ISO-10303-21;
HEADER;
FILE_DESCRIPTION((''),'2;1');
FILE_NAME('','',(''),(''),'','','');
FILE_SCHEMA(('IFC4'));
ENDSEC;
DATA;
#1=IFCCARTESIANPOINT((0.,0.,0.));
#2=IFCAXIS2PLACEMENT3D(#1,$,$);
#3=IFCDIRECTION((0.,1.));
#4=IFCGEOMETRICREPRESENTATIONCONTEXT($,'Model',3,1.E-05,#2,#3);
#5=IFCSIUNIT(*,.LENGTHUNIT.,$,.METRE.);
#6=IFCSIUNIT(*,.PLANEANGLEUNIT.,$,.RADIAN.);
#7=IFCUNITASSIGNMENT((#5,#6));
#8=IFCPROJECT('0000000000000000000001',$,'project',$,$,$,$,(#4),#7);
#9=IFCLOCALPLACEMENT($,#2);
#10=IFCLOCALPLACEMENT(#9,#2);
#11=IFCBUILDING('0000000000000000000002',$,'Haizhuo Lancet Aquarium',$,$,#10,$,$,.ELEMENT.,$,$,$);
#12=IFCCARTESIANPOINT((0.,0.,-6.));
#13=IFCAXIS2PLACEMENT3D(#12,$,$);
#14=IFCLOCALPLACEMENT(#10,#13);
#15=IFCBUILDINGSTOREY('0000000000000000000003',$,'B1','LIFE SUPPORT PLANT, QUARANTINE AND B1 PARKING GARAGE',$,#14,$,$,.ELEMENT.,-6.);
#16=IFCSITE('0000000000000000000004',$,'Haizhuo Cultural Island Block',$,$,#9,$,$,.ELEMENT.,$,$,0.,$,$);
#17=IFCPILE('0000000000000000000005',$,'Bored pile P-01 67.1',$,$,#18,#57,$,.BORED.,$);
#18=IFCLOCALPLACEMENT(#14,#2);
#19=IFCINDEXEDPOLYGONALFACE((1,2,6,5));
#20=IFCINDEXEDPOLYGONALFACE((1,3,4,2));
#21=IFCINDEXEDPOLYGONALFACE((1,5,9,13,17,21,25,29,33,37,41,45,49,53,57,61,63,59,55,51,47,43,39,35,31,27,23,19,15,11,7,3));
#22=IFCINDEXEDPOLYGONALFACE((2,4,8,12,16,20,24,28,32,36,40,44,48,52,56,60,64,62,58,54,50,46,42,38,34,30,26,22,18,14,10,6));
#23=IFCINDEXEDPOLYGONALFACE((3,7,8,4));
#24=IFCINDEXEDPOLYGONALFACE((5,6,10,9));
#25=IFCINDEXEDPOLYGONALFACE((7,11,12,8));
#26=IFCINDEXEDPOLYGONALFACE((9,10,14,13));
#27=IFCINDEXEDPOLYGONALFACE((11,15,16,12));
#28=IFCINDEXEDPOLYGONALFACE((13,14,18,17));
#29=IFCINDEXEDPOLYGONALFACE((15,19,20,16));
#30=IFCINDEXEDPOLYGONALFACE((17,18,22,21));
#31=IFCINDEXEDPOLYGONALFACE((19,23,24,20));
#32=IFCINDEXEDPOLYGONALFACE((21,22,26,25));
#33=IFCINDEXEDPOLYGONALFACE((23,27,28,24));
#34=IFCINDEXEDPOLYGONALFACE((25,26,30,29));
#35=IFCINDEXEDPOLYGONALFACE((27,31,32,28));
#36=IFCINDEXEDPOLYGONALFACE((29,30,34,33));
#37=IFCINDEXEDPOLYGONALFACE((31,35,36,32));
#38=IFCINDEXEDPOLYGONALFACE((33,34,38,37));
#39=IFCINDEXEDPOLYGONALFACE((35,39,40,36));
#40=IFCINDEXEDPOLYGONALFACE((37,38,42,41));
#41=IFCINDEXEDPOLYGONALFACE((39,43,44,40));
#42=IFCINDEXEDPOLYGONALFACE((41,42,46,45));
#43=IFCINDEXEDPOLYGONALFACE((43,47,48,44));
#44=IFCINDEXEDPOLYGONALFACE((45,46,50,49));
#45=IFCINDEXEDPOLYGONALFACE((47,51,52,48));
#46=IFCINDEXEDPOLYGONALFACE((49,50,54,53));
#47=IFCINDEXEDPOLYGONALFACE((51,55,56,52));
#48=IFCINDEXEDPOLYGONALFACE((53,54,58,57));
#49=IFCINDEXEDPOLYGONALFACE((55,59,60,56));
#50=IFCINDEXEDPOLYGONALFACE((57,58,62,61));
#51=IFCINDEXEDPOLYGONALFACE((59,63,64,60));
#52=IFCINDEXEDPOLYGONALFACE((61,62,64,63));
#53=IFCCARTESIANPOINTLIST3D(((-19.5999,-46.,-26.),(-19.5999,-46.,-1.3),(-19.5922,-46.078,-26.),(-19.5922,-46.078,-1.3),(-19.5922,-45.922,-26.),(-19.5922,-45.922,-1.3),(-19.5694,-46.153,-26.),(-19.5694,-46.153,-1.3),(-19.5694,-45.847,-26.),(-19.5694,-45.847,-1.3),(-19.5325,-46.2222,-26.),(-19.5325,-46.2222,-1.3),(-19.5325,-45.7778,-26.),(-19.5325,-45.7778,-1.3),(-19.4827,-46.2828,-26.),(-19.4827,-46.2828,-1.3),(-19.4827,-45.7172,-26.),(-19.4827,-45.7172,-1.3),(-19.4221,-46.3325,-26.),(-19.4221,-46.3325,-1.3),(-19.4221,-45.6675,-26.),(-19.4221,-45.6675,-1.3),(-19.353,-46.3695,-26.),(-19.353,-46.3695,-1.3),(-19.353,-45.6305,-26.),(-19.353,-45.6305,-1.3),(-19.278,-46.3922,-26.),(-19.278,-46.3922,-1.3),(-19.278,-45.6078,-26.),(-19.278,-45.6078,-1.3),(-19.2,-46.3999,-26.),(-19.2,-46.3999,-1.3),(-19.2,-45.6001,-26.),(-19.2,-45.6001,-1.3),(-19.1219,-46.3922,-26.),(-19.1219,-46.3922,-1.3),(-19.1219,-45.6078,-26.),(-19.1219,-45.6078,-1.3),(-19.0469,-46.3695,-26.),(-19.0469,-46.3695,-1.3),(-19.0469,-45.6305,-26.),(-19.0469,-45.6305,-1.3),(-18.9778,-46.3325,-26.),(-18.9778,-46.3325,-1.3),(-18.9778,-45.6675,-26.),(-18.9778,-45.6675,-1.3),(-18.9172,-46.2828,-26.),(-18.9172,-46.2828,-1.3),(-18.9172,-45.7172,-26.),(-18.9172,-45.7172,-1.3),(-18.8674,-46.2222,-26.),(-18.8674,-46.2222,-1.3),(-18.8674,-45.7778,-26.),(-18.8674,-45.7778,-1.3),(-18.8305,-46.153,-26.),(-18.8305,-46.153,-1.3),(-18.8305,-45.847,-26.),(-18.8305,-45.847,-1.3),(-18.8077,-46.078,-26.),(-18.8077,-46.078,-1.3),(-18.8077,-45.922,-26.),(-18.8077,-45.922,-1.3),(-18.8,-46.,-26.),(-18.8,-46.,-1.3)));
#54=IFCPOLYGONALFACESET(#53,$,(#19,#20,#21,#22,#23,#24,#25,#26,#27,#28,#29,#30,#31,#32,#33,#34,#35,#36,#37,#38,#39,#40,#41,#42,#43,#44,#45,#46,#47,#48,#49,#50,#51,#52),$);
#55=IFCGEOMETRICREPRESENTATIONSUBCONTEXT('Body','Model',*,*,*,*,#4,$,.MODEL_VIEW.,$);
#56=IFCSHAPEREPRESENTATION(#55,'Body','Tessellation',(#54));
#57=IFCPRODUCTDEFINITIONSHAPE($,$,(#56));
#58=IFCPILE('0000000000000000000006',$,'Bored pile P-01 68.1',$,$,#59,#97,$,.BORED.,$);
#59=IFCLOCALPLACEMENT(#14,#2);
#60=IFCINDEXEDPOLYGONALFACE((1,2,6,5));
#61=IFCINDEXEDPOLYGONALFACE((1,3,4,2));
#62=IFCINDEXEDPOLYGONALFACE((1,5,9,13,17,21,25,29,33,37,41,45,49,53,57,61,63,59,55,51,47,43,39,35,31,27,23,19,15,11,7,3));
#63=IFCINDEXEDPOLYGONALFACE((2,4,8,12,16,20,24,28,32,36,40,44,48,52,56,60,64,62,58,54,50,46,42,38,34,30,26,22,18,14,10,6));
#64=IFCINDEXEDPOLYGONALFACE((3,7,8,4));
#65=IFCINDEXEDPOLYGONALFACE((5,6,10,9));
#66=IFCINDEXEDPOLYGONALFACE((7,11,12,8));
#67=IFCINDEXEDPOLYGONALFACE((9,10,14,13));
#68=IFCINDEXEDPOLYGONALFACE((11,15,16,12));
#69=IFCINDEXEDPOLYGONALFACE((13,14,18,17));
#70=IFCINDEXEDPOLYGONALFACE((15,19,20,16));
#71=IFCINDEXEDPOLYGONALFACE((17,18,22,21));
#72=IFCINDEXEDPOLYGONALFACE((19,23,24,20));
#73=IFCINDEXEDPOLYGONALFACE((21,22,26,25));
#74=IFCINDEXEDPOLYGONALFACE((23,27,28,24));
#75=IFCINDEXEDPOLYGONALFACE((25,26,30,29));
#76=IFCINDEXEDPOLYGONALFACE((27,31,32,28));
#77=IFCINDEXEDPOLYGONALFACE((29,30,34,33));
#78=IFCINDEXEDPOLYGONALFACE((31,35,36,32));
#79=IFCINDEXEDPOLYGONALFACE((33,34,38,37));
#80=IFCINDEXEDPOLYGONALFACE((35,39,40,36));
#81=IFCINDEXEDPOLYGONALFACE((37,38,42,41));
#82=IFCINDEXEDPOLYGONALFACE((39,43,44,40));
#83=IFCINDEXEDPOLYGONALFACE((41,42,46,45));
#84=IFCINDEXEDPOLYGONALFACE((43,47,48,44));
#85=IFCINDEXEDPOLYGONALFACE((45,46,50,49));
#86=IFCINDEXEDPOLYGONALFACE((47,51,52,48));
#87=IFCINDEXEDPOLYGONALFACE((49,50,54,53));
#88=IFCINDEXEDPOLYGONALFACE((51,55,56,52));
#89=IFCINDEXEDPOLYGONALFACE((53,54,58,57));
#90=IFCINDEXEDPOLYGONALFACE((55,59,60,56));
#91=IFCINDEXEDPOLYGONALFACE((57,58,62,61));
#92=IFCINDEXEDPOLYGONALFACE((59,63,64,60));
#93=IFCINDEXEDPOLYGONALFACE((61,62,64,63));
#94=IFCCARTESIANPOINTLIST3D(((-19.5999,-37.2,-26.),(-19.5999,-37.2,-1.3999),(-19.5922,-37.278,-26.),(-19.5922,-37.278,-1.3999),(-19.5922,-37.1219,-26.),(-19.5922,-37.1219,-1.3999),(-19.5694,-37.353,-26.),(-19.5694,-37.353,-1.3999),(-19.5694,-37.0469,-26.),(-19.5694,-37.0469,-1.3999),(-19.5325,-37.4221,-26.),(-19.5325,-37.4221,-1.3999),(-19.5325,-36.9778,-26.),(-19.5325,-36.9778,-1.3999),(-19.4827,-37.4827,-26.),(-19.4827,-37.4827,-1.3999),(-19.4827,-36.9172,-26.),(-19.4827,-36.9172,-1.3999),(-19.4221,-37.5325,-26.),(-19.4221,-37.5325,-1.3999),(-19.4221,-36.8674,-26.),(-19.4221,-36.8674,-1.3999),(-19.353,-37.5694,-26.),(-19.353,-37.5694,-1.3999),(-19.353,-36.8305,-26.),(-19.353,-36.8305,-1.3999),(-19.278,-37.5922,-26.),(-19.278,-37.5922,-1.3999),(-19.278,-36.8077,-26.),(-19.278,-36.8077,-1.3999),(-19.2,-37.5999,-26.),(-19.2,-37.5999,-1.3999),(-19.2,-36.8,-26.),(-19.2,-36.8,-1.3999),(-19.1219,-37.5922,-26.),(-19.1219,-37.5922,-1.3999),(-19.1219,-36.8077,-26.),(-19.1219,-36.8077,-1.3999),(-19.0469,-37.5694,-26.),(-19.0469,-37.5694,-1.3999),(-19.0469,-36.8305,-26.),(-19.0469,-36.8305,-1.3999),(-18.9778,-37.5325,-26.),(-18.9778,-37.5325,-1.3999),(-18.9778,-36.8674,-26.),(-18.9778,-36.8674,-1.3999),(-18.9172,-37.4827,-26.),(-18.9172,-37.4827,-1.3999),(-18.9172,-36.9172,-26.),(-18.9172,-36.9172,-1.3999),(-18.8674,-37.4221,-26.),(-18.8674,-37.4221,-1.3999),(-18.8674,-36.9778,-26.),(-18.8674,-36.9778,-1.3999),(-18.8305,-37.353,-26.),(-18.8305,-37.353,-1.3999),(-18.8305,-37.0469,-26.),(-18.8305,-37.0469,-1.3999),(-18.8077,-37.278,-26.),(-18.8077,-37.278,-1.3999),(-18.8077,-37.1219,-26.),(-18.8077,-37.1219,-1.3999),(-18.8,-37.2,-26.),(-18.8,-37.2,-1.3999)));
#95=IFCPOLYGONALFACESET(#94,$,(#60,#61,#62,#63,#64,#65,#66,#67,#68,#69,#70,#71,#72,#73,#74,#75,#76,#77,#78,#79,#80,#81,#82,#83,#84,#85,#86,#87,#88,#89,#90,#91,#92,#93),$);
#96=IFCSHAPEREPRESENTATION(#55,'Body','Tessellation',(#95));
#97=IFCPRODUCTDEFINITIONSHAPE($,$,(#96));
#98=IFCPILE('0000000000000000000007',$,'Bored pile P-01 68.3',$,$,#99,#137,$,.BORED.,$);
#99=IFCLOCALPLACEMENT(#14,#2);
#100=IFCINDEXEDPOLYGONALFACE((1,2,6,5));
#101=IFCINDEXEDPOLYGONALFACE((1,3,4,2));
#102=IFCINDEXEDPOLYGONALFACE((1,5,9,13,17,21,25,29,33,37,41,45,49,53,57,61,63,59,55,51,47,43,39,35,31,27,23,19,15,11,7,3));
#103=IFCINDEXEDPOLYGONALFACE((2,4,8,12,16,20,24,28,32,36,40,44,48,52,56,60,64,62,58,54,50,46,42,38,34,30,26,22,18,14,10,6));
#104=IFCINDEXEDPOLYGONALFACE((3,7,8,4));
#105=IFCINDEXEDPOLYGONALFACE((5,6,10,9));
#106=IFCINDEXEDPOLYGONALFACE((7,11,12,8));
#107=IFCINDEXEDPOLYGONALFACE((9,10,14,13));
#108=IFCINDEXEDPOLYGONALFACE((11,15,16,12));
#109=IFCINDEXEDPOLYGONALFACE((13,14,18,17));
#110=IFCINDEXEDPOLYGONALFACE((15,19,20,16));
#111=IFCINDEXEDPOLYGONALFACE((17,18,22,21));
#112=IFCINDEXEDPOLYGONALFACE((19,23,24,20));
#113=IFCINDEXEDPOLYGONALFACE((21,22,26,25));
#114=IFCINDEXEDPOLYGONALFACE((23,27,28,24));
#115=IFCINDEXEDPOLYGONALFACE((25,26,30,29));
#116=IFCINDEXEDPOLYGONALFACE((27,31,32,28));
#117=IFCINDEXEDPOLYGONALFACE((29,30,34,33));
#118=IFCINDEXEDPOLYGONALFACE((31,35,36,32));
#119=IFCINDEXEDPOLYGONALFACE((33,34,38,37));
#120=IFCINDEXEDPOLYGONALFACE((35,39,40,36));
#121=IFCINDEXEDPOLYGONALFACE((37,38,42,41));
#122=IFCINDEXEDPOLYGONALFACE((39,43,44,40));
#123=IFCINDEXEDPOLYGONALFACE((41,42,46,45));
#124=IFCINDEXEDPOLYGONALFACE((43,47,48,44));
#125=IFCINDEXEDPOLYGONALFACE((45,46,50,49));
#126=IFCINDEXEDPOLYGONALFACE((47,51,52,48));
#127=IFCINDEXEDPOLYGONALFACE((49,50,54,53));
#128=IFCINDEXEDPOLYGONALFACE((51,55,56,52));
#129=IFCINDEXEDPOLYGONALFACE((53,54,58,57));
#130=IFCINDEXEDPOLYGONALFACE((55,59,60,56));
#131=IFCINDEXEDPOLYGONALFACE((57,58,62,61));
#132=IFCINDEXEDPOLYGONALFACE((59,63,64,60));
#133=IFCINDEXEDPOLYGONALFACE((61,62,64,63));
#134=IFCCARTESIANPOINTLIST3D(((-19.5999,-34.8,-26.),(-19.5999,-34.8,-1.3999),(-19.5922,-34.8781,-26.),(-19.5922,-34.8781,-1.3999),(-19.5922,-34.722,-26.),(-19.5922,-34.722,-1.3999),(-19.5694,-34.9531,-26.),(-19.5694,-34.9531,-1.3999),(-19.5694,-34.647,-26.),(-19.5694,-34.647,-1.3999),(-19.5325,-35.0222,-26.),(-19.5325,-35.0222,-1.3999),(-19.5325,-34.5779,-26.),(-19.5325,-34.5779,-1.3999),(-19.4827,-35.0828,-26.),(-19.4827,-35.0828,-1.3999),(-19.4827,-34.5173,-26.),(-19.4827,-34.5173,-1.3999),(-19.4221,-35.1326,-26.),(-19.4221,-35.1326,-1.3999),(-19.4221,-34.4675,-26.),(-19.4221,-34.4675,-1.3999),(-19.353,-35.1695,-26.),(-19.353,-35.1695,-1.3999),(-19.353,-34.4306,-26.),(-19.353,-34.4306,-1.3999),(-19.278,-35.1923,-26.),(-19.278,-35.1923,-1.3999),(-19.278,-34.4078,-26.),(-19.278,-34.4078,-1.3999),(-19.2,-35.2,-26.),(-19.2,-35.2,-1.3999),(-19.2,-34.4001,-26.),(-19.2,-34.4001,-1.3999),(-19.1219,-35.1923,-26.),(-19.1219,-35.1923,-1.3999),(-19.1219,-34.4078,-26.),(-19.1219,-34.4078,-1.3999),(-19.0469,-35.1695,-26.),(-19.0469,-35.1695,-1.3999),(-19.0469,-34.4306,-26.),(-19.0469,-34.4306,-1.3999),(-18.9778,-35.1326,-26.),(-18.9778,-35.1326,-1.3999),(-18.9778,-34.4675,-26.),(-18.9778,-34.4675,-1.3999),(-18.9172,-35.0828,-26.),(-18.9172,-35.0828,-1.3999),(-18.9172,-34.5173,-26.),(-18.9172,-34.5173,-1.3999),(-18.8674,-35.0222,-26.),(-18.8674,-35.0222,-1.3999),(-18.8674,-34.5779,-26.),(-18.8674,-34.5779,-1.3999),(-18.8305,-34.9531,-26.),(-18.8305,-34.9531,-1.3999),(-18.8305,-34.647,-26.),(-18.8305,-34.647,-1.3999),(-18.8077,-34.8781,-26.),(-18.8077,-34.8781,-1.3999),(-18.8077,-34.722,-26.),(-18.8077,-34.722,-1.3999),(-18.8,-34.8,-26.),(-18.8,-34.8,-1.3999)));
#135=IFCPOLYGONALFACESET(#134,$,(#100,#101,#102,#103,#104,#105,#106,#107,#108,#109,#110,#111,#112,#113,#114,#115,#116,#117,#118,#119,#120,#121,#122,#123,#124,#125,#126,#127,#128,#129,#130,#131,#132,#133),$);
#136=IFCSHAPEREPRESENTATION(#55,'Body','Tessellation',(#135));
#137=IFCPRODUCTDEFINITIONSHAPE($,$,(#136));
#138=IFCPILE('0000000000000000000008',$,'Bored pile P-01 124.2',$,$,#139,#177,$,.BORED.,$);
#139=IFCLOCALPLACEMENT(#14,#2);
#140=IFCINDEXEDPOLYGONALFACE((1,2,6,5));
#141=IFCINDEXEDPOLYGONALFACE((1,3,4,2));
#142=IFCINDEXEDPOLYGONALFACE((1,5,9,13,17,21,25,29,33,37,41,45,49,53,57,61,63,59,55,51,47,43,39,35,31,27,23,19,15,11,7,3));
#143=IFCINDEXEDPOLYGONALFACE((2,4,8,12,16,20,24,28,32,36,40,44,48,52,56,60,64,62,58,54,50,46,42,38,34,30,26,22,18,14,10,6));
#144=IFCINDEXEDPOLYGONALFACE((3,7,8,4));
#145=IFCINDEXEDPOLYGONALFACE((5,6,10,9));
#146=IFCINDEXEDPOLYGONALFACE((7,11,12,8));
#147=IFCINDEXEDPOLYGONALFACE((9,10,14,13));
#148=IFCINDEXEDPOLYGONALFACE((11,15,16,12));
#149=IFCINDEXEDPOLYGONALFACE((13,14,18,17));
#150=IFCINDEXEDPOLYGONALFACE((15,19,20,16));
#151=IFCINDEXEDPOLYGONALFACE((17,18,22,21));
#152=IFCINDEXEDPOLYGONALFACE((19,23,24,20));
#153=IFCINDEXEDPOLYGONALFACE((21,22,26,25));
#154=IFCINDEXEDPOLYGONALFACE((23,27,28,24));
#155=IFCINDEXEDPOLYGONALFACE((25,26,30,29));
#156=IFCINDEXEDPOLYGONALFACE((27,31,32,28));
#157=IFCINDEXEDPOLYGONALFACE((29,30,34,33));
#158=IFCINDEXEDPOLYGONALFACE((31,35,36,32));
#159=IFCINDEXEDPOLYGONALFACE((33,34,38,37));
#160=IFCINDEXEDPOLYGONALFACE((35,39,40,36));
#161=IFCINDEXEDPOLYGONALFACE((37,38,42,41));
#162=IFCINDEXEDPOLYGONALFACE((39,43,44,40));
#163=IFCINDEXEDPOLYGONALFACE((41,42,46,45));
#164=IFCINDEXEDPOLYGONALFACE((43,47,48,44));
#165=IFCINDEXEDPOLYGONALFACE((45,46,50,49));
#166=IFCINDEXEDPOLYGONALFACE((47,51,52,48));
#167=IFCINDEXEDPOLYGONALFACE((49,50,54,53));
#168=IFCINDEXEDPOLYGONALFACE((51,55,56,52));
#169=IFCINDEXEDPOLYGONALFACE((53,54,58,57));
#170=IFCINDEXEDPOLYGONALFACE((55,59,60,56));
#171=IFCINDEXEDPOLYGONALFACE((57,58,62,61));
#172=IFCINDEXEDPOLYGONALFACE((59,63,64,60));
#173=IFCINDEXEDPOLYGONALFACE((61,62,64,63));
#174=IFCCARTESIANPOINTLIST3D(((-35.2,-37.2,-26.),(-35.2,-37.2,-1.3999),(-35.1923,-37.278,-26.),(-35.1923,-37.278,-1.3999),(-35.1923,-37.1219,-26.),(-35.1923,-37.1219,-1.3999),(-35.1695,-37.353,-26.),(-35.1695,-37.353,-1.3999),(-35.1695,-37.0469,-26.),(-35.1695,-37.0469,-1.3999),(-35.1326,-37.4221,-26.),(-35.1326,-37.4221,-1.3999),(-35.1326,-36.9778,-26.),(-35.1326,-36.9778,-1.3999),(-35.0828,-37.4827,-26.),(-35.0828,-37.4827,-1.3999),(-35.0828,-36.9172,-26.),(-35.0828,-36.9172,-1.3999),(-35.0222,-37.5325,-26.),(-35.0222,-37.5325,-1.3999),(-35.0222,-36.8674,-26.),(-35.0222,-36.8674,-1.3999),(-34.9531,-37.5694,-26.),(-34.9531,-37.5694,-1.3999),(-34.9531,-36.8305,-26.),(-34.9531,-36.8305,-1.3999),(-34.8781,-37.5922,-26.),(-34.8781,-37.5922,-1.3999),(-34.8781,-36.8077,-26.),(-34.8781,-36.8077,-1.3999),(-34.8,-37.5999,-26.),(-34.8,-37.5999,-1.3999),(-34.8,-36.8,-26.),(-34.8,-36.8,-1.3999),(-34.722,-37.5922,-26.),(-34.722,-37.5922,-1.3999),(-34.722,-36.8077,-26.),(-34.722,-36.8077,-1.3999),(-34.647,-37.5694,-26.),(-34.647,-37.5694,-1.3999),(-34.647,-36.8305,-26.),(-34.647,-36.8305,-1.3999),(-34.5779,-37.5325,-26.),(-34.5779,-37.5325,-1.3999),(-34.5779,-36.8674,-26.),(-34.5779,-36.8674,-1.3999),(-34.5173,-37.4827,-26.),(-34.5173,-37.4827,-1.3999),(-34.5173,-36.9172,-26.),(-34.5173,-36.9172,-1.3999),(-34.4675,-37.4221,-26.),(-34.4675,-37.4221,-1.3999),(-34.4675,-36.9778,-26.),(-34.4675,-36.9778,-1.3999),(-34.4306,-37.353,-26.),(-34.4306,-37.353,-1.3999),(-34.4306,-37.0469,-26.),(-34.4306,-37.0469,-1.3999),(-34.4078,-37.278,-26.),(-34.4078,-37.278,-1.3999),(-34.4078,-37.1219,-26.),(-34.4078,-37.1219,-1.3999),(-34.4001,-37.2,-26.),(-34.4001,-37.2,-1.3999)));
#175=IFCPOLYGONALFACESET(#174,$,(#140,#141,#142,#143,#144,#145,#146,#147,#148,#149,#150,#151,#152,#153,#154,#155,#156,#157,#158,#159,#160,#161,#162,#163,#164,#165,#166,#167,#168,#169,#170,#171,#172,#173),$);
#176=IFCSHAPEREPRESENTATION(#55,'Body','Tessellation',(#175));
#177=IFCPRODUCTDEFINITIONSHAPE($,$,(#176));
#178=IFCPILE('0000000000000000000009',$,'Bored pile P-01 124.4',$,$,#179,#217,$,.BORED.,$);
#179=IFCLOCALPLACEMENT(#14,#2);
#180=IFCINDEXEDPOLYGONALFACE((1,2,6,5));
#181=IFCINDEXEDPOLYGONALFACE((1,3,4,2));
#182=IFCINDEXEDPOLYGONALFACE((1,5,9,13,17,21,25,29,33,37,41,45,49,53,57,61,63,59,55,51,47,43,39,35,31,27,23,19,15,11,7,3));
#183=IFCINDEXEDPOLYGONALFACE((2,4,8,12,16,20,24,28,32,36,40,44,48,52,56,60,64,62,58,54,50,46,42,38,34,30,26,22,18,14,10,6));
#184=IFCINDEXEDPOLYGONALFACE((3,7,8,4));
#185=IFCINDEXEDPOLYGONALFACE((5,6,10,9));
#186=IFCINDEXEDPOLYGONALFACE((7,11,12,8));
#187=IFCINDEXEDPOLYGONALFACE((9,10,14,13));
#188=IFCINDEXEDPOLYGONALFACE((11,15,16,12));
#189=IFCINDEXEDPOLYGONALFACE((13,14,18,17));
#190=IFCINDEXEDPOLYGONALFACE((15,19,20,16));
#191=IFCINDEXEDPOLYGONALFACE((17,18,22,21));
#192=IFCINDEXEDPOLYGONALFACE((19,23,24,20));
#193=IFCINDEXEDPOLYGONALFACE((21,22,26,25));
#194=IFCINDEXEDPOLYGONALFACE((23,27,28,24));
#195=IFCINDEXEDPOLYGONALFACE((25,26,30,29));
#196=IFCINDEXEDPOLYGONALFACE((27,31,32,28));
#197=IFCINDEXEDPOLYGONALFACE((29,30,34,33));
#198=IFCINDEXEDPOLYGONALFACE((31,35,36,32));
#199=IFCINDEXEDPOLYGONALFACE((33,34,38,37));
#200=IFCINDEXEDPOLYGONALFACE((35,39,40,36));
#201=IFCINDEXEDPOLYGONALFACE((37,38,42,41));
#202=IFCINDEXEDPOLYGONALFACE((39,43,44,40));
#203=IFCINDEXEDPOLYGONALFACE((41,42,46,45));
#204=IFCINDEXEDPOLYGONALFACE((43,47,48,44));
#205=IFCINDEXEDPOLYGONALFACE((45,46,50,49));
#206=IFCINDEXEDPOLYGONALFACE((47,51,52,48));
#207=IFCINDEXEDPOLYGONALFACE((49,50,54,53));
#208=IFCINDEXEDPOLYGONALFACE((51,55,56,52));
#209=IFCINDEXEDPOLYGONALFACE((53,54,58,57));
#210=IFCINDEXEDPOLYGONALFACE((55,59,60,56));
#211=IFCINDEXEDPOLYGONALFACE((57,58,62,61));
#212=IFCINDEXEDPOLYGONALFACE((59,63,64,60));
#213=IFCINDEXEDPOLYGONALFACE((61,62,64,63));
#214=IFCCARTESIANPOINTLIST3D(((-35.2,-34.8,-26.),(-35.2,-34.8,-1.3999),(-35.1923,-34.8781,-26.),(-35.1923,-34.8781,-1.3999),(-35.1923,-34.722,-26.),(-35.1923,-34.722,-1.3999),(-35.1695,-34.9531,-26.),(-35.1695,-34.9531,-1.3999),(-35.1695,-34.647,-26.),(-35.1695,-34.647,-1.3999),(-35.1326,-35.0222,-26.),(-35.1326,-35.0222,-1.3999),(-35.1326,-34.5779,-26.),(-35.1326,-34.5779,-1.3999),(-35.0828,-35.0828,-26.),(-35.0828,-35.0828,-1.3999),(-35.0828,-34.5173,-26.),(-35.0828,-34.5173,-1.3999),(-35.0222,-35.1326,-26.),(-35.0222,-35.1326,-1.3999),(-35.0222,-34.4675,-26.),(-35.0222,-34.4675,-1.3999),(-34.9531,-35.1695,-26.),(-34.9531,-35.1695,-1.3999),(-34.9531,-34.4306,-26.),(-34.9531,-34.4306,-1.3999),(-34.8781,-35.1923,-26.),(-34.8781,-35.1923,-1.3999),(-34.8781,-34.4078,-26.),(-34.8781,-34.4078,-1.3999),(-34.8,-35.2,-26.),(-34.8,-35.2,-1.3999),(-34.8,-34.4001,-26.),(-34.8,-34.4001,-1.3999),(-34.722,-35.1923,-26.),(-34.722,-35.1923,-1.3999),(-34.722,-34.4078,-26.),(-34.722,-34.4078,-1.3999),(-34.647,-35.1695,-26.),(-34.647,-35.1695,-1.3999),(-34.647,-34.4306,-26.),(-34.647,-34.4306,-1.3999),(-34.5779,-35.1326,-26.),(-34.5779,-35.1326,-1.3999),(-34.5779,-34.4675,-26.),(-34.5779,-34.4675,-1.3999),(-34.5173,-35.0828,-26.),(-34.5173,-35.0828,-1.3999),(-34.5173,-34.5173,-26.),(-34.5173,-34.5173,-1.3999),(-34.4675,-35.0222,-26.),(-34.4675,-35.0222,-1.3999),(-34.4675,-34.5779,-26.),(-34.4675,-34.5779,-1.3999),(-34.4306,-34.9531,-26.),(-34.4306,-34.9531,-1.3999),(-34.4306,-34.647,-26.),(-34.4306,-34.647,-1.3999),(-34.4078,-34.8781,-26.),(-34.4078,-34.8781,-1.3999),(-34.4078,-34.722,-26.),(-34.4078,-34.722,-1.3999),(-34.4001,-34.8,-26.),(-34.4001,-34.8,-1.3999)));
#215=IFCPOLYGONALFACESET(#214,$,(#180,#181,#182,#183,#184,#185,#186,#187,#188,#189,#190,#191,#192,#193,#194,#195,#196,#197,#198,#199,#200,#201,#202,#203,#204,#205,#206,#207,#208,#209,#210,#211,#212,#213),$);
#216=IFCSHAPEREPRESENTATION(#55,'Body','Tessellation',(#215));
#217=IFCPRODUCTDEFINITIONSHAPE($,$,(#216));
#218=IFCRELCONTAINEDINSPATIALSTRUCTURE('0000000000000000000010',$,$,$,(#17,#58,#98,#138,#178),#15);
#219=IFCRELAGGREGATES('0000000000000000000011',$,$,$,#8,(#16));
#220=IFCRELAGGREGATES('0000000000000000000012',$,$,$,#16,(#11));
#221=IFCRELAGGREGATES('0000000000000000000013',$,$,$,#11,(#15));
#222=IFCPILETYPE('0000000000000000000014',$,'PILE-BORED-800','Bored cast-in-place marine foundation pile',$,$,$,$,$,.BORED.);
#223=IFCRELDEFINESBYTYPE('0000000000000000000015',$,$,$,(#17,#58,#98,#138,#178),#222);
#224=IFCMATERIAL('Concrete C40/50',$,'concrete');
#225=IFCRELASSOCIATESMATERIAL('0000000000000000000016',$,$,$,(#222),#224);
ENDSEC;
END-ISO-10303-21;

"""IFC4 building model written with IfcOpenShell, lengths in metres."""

from ifc_helpers import new_model, si_unit, direction, frame, origin, origin_2d, place, context, subcontext, project, spatial, circle, extrude, material, material_profile, profile_set, type_object, element, save


model = new_model("IFC4")

# Units and contexts
model_context = context("Model", 3, precision=1e-05, world=origin(), true_north=direction((0.0, 1.0)))
body_context = subcontext(model_context, "Body", "Model", "MODEL_VIEW")
ifc_project = project(units=[si_unit("LENGTHUNIT", "METRE"), si_unit("PLANEANGLEUNIT", "RADIAN")], contexts=[model_context])

# Site, building, storey
site_placement = place(None, origin())
site = spatial("IfcSite", under=ifc_project, at=site_placement, Name="Haizhuo Cultural Island Block", CompositionType="ELEMENT", RefElevation=0.0)
building_placement = place(site_placement, origin())
building = spatial("IfcBuilding", under=site, at=building_placement, Name="Haizhuo Lancet Aquarium", CompositionType="ELEMENT")
storey_placement = place(building_placement, frame((0.0, 0.0, -6.0)))
storey = spatial("IfcBuildingStorey", under=building, at=storey_placement, Name="B1", Description="LIFE SUPPORT PLANT, QUARANTINE AND B1 PARKING GARAGE", CompositionType="ELEMENT", Elevation=-6.0)

# Shared definitions
ifc_material_1 = material(Name="Concrete C40/50", Category="concrete")

# Piles
ifc_material_profile_1 = material_profile(ifc_material_1, circle(Radius=0.3999, at=origin_2d()), Name="PILE-800")
ifc_profile_set_1 = profile_set([ifc_material_profile_1], Name="Concrete C40/50")
pile_type = type_object("IfcPileType", Name="PILE-BORED-800", Description="Bored cast-in-place marine foundation pile", PredefinedType="BORED", material=ifc_profile_set_1)
pile_placement = place(storey_placement, frame((-19.2, -46.0, -1.3), z_axis=(0.0, 0.0, -1.0), x_axis=(1.0, 0.0, 0.0)))
element("IfcPile", 1, at=pile_placement, inside=storey, type_object=pile_type, Name="Bored pile P-01 67.1", PredefinedType="BORED", context=body_context, shape_type="SweptSolid", body=[
    extrude(circle(Radius=0.3999, at=origin_2d()), origin(), (0.0, 0.0, 1.0), 24.7),
])
for number, where, z_axis, x_axis, name in (
    (2, (-19.2, -37.2, -1.3999), (0.0, 0.0, -1.0), (1.0, 0.0, 0.0), "Bored pile P-01 68.1"),
    (3, (-19.2, -34.8, -1.3999), (0.0, 0.0, -1.0), (1.0, 0.0, 0.0), "Bored pile P-01 68.3"),
    (4, (-34.8, -37.2, -1.3999), (0.0, 0.0, -1.0), (1.0, 0.0, 0.0), "Bored pile P-01 124.2"),
    (5, (-34.8, -34.8, -1.3999), (0.0, 0.0, -1.0), (1.0, 0.0, 0.0), "Bored pile P-01 124.4"),
):
    element("IfcPile", number, at=place(storey_placement, frame(where, z_axis=z_axis, x_axis=x_axis)), inside=storey, type_object=pile_type, Name=name, PredefinedType="BORED", context=body_context, shape_type="SweptSolid", body=[
        extrude(circle(Radius=0.3999, at=origin_2d()), origin(), (0.0, 0.0, 1.0), 24.6001),
    ])

save(model, "model.ifc")
